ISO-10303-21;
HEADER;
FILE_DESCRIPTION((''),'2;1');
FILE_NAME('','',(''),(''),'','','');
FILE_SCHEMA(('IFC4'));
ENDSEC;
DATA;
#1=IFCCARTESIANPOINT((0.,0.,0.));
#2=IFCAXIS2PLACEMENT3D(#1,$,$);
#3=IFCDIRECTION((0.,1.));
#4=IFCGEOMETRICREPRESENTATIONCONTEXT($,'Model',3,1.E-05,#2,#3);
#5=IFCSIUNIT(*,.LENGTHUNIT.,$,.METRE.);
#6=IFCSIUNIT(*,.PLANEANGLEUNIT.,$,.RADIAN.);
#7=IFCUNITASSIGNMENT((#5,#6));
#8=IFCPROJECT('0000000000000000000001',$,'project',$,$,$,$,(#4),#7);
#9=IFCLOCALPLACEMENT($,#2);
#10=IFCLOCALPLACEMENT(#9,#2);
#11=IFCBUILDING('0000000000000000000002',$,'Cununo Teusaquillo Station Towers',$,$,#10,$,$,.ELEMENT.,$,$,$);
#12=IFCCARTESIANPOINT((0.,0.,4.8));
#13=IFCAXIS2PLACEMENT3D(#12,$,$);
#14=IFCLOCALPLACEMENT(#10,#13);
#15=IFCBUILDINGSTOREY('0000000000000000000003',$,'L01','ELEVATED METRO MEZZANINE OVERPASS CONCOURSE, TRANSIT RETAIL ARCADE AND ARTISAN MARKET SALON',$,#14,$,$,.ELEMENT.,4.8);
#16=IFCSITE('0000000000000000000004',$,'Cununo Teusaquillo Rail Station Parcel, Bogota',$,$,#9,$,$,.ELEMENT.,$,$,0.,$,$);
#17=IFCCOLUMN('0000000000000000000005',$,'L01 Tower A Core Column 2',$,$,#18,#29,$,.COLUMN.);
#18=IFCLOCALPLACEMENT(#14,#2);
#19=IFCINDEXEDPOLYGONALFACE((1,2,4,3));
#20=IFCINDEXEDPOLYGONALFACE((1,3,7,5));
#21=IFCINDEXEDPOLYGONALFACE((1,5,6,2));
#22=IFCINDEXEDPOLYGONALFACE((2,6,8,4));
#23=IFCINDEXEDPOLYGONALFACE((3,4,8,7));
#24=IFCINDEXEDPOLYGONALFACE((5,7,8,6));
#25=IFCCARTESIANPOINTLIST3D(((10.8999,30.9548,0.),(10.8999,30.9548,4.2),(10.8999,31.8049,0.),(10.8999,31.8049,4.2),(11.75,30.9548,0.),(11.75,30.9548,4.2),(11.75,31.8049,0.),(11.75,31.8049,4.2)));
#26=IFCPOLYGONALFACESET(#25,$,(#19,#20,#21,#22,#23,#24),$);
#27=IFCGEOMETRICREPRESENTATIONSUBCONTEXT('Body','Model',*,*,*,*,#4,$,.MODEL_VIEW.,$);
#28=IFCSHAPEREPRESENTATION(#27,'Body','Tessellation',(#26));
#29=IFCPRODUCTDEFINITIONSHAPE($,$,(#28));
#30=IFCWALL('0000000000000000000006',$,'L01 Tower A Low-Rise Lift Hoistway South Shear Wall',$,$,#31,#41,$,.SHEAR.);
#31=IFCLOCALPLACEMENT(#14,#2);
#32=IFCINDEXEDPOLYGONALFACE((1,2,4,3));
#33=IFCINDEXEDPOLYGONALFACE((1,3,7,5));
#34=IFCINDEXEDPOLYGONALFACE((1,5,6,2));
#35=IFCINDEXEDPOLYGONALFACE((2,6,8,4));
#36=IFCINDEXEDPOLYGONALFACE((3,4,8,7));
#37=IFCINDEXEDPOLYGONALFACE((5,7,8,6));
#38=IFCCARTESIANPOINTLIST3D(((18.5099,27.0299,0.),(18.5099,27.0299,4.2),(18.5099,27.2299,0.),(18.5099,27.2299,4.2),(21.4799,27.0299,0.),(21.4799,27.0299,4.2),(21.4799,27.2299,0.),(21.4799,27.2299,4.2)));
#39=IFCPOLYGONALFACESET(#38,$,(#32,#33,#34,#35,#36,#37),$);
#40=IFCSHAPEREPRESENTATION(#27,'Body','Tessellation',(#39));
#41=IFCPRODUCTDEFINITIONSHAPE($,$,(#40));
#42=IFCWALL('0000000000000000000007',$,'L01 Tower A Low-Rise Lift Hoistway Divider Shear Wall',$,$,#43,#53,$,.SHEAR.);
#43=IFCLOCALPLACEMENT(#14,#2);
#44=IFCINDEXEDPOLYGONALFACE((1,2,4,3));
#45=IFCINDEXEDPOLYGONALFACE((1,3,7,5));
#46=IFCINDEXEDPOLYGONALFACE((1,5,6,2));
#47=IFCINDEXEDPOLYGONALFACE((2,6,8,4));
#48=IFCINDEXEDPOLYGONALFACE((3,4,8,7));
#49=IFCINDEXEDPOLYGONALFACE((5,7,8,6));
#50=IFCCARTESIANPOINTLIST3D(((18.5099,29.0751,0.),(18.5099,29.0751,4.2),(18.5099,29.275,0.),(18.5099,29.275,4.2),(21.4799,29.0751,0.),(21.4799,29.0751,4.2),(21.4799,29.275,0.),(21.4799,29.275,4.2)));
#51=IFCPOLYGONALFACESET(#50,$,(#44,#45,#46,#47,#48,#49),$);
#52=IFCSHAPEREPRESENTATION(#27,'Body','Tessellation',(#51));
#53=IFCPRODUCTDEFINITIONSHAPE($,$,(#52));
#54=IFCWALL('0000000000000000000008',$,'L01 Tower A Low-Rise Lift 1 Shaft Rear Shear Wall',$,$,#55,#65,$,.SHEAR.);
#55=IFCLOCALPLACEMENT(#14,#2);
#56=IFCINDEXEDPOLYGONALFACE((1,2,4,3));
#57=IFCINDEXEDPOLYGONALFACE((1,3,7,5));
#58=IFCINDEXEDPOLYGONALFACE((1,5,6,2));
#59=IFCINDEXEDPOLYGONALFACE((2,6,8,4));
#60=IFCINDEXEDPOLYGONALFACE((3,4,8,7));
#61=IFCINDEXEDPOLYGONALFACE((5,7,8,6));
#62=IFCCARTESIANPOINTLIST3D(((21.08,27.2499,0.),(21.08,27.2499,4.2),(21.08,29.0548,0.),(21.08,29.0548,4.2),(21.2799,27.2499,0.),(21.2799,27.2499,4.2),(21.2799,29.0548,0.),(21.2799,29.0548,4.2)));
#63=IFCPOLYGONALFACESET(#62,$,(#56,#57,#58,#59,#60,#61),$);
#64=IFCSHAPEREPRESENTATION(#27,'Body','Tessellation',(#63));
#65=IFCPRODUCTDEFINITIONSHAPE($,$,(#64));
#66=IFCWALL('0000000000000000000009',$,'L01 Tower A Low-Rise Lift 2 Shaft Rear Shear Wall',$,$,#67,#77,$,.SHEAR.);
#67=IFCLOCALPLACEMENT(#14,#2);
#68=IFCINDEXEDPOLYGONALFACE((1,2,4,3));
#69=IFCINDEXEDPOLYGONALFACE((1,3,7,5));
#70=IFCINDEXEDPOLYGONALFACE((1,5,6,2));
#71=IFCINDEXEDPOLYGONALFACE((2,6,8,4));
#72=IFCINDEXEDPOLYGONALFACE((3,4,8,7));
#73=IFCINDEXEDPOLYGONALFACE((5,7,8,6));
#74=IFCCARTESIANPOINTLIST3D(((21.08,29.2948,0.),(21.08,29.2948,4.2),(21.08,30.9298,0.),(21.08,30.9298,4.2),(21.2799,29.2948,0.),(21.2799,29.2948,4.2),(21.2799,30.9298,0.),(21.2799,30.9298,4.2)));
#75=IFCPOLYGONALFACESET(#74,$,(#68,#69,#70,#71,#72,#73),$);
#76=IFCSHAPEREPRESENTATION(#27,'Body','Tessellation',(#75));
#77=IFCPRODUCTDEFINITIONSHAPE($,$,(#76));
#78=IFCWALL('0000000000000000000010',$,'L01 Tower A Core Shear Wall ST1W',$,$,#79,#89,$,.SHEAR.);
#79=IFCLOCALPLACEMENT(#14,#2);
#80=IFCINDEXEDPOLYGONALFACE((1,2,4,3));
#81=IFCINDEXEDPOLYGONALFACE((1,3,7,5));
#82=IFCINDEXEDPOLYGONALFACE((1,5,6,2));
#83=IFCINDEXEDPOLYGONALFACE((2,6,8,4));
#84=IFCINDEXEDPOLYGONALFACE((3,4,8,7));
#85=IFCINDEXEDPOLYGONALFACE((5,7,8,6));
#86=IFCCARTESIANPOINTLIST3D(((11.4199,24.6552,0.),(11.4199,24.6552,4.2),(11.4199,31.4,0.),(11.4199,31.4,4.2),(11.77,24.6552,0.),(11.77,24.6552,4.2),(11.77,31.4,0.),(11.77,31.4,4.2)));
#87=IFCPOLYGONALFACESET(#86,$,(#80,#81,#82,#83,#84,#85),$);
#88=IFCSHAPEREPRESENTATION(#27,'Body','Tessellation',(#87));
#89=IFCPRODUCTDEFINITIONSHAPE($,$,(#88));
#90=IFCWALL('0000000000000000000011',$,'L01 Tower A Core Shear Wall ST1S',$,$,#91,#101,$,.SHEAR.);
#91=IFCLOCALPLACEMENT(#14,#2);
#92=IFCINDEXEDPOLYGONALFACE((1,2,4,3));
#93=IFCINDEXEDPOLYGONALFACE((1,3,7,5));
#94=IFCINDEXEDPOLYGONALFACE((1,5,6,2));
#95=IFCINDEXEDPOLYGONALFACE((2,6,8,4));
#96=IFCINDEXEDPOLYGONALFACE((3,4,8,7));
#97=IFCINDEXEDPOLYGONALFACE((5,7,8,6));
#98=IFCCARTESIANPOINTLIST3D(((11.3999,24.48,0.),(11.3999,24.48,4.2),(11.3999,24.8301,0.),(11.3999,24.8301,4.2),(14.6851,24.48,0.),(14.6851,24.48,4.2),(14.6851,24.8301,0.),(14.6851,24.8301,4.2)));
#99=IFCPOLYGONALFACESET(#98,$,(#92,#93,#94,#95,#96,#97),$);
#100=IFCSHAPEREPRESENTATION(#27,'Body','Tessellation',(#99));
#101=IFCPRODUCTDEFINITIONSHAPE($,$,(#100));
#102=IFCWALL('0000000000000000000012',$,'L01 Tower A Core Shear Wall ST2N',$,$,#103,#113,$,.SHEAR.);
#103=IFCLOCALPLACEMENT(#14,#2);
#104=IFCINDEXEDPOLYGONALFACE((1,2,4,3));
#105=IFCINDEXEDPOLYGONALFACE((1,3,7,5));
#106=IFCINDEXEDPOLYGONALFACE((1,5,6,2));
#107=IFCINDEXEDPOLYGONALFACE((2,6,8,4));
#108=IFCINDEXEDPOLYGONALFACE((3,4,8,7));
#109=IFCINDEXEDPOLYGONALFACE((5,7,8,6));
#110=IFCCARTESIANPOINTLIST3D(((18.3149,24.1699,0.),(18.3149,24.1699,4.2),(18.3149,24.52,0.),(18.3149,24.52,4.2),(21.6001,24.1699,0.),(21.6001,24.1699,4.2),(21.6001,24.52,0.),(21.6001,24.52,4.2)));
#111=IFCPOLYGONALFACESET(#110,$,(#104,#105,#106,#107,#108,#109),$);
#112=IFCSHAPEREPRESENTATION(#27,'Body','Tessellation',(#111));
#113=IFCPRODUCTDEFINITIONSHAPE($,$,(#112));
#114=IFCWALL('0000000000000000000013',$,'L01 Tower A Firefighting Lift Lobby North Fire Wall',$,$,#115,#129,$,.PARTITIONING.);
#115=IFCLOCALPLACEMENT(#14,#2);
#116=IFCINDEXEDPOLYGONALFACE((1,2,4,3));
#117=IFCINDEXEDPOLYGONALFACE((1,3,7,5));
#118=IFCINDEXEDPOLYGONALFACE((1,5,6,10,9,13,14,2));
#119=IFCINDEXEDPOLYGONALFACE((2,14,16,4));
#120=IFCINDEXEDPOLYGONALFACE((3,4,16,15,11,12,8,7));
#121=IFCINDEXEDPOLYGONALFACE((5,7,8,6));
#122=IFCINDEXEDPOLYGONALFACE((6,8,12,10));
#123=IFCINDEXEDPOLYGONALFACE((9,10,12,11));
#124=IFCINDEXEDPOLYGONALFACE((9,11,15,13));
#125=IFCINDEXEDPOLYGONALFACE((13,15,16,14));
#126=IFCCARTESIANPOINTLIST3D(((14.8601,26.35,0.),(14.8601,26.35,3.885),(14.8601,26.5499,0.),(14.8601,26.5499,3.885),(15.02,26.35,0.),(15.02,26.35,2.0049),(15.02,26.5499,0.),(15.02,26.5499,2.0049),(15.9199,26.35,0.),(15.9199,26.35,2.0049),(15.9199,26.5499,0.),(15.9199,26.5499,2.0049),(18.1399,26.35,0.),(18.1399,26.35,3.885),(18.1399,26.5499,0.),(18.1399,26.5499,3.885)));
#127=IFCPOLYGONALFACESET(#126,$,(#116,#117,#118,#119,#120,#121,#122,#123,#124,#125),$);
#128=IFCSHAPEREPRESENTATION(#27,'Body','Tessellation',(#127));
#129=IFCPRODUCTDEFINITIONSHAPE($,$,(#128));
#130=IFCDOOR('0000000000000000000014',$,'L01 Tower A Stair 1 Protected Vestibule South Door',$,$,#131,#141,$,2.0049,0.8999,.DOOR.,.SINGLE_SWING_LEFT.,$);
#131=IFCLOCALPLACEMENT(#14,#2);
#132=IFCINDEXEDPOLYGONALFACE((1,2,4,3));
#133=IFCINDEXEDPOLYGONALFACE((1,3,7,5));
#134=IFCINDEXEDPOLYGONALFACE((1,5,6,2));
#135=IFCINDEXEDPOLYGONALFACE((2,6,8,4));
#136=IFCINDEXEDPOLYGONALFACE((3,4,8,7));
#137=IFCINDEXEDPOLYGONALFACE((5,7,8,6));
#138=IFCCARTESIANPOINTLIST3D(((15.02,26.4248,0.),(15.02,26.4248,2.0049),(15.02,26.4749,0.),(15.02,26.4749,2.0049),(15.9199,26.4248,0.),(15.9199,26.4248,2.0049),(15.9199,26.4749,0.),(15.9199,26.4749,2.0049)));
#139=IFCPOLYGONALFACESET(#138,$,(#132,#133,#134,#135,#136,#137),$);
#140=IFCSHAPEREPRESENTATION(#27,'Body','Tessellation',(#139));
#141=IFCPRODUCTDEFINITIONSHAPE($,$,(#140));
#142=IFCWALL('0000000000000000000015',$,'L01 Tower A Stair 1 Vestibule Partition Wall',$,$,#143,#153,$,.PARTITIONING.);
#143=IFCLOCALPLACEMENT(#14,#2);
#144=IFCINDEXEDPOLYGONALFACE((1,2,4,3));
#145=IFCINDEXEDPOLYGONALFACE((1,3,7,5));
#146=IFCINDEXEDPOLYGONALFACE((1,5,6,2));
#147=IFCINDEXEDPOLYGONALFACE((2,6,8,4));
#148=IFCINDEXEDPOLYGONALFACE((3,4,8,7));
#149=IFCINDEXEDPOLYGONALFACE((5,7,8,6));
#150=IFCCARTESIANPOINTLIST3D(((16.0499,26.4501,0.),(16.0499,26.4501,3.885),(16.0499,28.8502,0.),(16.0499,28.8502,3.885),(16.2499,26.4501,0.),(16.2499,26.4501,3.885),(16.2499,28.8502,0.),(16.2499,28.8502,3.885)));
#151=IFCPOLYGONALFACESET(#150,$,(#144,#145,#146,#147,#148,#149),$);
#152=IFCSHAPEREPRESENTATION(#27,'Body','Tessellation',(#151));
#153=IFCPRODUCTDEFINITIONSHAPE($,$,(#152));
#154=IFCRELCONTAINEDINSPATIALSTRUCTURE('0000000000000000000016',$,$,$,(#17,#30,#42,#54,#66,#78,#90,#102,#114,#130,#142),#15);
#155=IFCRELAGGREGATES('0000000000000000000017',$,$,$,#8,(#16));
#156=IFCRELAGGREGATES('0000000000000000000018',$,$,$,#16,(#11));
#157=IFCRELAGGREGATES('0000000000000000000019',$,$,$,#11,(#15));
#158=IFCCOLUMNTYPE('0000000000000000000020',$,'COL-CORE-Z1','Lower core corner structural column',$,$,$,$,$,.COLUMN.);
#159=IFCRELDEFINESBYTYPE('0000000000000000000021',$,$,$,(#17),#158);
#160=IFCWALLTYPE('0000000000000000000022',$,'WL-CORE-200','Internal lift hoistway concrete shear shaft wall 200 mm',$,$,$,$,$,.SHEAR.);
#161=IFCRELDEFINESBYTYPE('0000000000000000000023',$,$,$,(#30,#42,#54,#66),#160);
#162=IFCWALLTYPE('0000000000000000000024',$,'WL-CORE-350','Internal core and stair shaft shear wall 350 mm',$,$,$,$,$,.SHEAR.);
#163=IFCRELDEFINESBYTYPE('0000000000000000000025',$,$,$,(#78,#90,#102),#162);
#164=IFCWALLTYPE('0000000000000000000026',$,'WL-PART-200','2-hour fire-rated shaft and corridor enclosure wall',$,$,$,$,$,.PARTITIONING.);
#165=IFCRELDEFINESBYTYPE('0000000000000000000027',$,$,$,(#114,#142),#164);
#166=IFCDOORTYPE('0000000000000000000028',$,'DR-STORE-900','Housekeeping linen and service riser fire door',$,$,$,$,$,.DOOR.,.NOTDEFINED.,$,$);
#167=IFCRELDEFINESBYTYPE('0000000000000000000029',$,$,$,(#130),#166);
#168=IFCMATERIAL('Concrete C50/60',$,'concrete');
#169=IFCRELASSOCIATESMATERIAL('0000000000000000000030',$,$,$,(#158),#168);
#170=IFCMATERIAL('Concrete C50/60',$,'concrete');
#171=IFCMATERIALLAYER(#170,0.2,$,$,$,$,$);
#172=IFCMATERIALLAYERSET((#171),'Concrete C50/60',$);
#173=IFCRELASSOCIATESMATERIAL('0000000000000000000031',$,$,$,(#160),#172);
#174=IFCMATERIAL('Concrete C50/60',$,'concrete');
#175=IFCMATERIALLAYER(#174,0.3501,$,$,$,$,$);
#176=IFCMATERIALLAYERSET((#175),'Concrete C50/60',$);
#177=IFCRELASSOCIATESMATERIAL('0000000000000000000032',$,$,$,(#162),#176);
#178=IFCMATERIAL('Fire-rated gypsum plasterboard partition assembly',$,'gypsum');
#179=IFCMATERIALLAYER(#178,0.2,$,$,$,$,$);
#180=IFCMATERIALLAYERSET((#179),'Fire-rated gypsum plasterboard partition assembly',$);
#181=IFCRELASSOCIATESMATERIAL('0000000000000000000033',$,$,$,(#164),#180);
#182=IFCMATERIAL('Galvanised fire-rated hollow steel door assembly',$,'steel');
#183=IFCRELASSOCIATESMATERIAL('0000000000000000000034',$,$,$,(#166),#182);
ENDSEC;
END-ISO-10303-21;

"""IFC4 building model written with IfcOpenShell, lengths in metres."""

from ifc_helpers import new_model, si_unit, direction, frame, frame_2d, origin, origin_2d, place, context, subcontext, project, spatial, rectangle, extrude, source, transform, mapped, material, layer, layer_set, material_profile, profile_set, type_object, element, fill, save


model = new_model("IFC4")

# Units and contexts
model_context = context("Model", 3, precision=1e-05, world=origin(), true_north=direction((0.0, 1.0)))
body_context = subcontext(model_context, "Body", "Model", "MODEL_VIEW")
ifc_project = project(units=[si_unit("LENGTHUNIT", "METRE"), si_unit("PLANEANGLEUNIT", "RADIAN")], contexts=[model_context])

# Site, building, storey
site_placement = place(None, origin())
site = spatial("IfcSite", under=ifc_project, at=site_placement, Name="Cununo Teusaquillo Rail Station Parcel, Bogota", CompositionType="ELEMENT", RefElevation=0.0)
building_placement = place(site_placement, origin())
building = spatial("IfcBuilding", under=site, at=building_placement, Name="Cununo Teusaquillo Station Towers", CompositionType="ELEMENT")
storey_placement = place(building_placement, frame((0.0, 0.0, 4.8)))
storey = spatial("IfcBuildingStorey", under=building, at=storey_placement, Name="L01", Description="ELEVATED METRO MEZZANINE OVERPASS CONCOURSE, TRANSIT RETAIL ARCADE AND ARTISAN MARKET SALON", CompositionType="ELEMENT", Elevation=4.8)

# Column
ifc_material_1 = material(Name="Concrete C50/60", Category="concrete")
ifc_material_profile = material_profile(ifc_material_1, rectangle(XDim=0.8501, YDim=0.8501, at=origin_2d()), Name="RC-RECT-850x850")
ifc_profile_set = profile_set([ifc_material_profile], Name="Concrete C50/60")
column_type = type_object("IfcColumnType", Name="COL-CORE-Z1", Description="Lower core corner structural column", PredefinedType="COLUMN", material=ifc_profile_set)
column_placement = place(storey_placement, frame((11.325, 31.3799, 0.0), z_axis=(0.0, 0.0, 1.0), x_axis=(1.0, 0.0, 0.0)))
element("IfcColumn", 1, at=column_placement, inside=storey, type_object=column_type, Name="L01 Tower A Core Column 2", PredefinedType="COLUMN", context=body_context, shape_type="SweptSolid", body=[
    extrude(rectangle(XDim=0.8501, YDim=0.8501, at=origin_2d()), origin(), (0.0, 0.0, 1.0), 4.2),
])

# Walls
ifc_material_2 = material(Name="Concrete C50/60", Category="concrete")
ifc_layer_1 = layer(ifc_material_2, 0.2)
ifc_layer_set_1 = layer_set([ifc_layer_1], Name="Concrete C50/60")
wall_type_1 = type_object("IfcWallType", Name="WL-CORE-200", Description="Internal lift hoistway concrete shear shaft wall 200 mm", PredefinedType="SHEAR", material=ifc_layer_set_1)
for number, where, z_axis, x_axis, name in (
    (2, (18.51, 27.1299, 0.0), (0.0, 0.0, 1.0), (1.0, 0.0, 0.0), "L01 Tower A Low-Rise Lift Hoistway South Shear Wall"),
    (3, (18.51, 29.175, 0.0), (0.0, 0.0, 1.0), (1.0, 0.0, 0.0), "L01 Tower A Low-Rise Lift Hoistway Divider Shear Wall"),
):
    element("IfcWall", number, at=place(storey_placement, frame(where, z_axis=z_axis, x_axis=x_axis)), inside=storey, type_object=wall_type_1, Name=name, PredefinedType="SHEAR", context=body_context, shape_type="SweptSolid", body=[
        extrude(rectangle(XDim=2.97, YDim=0.2, at=frame_2d((1.4849, 0.0))), origin(), (0.0, 0.0, 1.0), 4.2),
    ])
wall_1_placement = place(storey_placement, frame((21.1799, 27.25, 0.0), z_axis=(0.0, 0.0, 1.0), x_axis=(0.0, 1.0, 0.0)))
element("IfcWall", 4, at=wall_1_placement, inside=storey, type_object=wall_type_1, Name="L01 Tower A Low-Rise Lift 1 Shaft Rear Shear Wall", PredefinedType="SHEAR", context=body_context, shape_type="SweptSolid", body=[
    extrude(rectangle(XDim=1.8049, YDim=0.2, at=frame_2d((0.9023, 0.0))), origin(), (0.0, 0.0, 1.0), 4.2),
])
wall_2_placement = place(storey_placement, frame((21.1799, 29.2949, 0.0), z_axis=(0.0, 0.0, 1.0), x_axis=(0.0, 1.0, 0.0)))
element("IfcWall", 5, at=wall_2_placement, inside=storey, type_object=wall_type_1, Name="L01 Tower A Low-Rise Lift 2 Shaft Rear Shear Wall", PredefinedType="SHEAR", context=body_context, shape_type="SweptSolid", body=[
    extrude(rectangle(XDim=1.635, YDim=0.2, at=frame_2d((0.8174, 0.0))), origin(), (0.0, 0.0, 1.0), 4.2),
])
ifc_material_3 = material(Name="Concrete C50/60", Category="concrete")
ifc_layer_2 = layer(ifc_material_3, 0.3501)
ifc_layer_set_2 = layer_set([ifc_layer_2], Name="Concrete C50/60")
wall_type_2 = type_object("IfcWallType", Name="WL-CORE-350", Description="Internal core and stair shaft shear wall 350 mm", PredefinedType="SHEAR", material=ifc_layer_set_2)
wall_3_placement = place(storey_placement, frame((11.595, 24.655, 0.0), z_axis=(0.0, 0.0, 1.0), x_axis=(0.0, 1.0, 0.0)))
element("IfcWall", 6, at=wall_3_placement, inside=storey, type_object=wall_type_2, Name="L01 Tower A Core Shear Wall ST1W", PredefinedType="SHEAR", context=body_context, shape_type="SweptSolid", body=[
    extrude(rectangle(XDim=6.7449, YDim=0.3501, at=frame_2d((3.3726, 0.0))), origin(), (0.0, 0.0, 1.0), 4.2),
])
for number, where, z_axis, x_axis, name in (
    (7, (11.3999, 24.655, 0.0), (0.0, 0.0, 1.0), (1.0, 0.0, 0.0), "L01 Tower A Core Shear Wall ST1S"),
    (8, (18.3149, 24.345, 0.0), (0.0, 0.0, 1.0), (1.0, 0.0, 0.0), "L01 Tower A Core Shear Wall ST2N"),
):
    element("IfcWall", number, at=place(storey_placement, frame(where, z_axis=z_axis, x_axis=x_axis)), inside=storey, type_object=wall_type_2, Name=name, PredefinedType="SHEAR", context=body_context, shape_type="SweptSolid", body=[
        extrude(rectangle(XDim=3.2852, YDim=0.3501, at=frame_2d((1.6426, 0.0))), origin(), (0.0, 0.0, 1.0), 4.2),
    ])

# Wall, opening, door
ifc_material_4 = material(Name="Fire-rated gypsum plasterboard partition assembly", Category="gypsum")
ifc_layer_3 = layer(ifc_material_4, 0.2)
ifc_layer_set_3 = layer_set([ifc_layer_3], Name="Fire-rated gypsum plasterboard partition assembly")
wall_type_3 = type_object("IfcWallType", Name="WL-PART-200", Description="2-hour fire-rated shaft and corridor enclosure wall", PredefinedType="PARTITIONING", material=ifc_layer_set_3)
wall_4_placement = place(storey_placement, frame((14.8601, 26.45, 0.0), z_axis=(0.0, 0.0, 1.0), x_axis=(1.0, 0.0, 0.0)))
wall_4 = element("IfcWall", 9, at=wall_4_placement, inside=storey, type_object=wall_type_3, Name="L01 Tower A Firefighting Lift Lobby North Fire Wall", PredefinedType="PARTITIONING", context=body_context, shape_type="SweptSolid", body=[
    extrude(rectangle(XDim=3.2798, YDim=0.2, at=frame_2d((1.6399, 0.0))), origin(), (0.0, 0.0, 1.0), 3.885),
])
shared_shape_1 = source(origin(), body_context, "Body", "SweptSolid", [
    extrude(rectangle(XDim=0.8999, YDim=2.0049, at=frame_2d((0.45, 1.0024))), frame((0.0, 0.1099, 0.0), z_axis=(0.0, -1.0, 0.0), x_axis=(1.0, 0.0, 0.0)), (0.0, 0.0, 1.0), 0.22),
])
opening_1_placement = place(wall_4_placement, frame((0.1599, 0.0, 0.0)))
opening_1 = element("IfcOpeningElement", 10, at=opening_1_placement, cuts=wall_4, PredefinedType="OPENING", context=body_context, shape_type="MappedRepresentation", body=[
    mapped(shared_shape_1, transform((0.0, 0.0, 0.0), x_axis=(1.0, 0.0, 0.0), y_axis=(0.0, 1.0, 0.0), z_axis=(0.0, 0.0, 1.0), scale=1.0)),
])
ifc_material_5 = material(Name="Galvanised fire-rated hollow steel door assembly", Category="steel")
door_type_1 = type_object("IfcDoorType", Name="DR-STORE-900", Description="Housekeeping linen and service riser fire door", OperationType="NOTDEFINED", PredefinedType="DOOR", material=ifc_material_5)
shared_shape_2 = source(origin(), body_context, "Body", "SweptSolid", [
    extrude(rectangle(XDim=0.8999, YDim=2.0049, at=frame_2d((0.45, 1.0024))), frame((0.0, 0.0249, 0.0), z_axis=(0.0, -1.0, 0.0), x_axis=(1.0, 0.0, 0.0)), (0.0, 0.0, 1.0), 0.05),
])
door_1_placement = place(opening_1_placement, origin())
door_1 = element("IfcDoor", 11, at=door_1_placement, inside=storey, type_object=door_type_1, Name="L01 Tower A Stair 1 Protected Vestibule South Door", OperationType="SINGLE_SWING_LEFT", OverallHeight=2.0049, OverallWidth=0.8999, PredefinedType="DOOR", context=body_context, shape_type="MappedRepresentation", body=[
    mapped(shared_shape_2, transform((0.0, 0.0, 0.0), x_axis=(1.0, 0.0, 0.0), y_axis=(0.0, 1.0, 0.0), z_axis=(0.0, 0.0, 1.0), scale=1.0)),
])
fill(opening_1, door_1)

# Wall
wall_5_placement = place(storey_placement, frame((16.1499, 26.45, 0.0), z_axis=(0.0, 0.0, 1.0), x_axis=(0.0, 1.0, 0.0)))
element("IfcWall", 12, at=wall_5_placement, inside=storey, type_object=wall_type_3, Name="L01 Tower A Stair 1 Vestibule Partition Wall", PredefinedType="PARTITIONING", context=body_context, shape_type="SweptSolid", body=[
    extrude(rectangle(XDim=2.4001, YDim=0.2, at=frame_2d((1.2002, 0.0))), origin(), (0.0, 0.0, 1.0), 3.885),
])

save(model, "model.ifc")
